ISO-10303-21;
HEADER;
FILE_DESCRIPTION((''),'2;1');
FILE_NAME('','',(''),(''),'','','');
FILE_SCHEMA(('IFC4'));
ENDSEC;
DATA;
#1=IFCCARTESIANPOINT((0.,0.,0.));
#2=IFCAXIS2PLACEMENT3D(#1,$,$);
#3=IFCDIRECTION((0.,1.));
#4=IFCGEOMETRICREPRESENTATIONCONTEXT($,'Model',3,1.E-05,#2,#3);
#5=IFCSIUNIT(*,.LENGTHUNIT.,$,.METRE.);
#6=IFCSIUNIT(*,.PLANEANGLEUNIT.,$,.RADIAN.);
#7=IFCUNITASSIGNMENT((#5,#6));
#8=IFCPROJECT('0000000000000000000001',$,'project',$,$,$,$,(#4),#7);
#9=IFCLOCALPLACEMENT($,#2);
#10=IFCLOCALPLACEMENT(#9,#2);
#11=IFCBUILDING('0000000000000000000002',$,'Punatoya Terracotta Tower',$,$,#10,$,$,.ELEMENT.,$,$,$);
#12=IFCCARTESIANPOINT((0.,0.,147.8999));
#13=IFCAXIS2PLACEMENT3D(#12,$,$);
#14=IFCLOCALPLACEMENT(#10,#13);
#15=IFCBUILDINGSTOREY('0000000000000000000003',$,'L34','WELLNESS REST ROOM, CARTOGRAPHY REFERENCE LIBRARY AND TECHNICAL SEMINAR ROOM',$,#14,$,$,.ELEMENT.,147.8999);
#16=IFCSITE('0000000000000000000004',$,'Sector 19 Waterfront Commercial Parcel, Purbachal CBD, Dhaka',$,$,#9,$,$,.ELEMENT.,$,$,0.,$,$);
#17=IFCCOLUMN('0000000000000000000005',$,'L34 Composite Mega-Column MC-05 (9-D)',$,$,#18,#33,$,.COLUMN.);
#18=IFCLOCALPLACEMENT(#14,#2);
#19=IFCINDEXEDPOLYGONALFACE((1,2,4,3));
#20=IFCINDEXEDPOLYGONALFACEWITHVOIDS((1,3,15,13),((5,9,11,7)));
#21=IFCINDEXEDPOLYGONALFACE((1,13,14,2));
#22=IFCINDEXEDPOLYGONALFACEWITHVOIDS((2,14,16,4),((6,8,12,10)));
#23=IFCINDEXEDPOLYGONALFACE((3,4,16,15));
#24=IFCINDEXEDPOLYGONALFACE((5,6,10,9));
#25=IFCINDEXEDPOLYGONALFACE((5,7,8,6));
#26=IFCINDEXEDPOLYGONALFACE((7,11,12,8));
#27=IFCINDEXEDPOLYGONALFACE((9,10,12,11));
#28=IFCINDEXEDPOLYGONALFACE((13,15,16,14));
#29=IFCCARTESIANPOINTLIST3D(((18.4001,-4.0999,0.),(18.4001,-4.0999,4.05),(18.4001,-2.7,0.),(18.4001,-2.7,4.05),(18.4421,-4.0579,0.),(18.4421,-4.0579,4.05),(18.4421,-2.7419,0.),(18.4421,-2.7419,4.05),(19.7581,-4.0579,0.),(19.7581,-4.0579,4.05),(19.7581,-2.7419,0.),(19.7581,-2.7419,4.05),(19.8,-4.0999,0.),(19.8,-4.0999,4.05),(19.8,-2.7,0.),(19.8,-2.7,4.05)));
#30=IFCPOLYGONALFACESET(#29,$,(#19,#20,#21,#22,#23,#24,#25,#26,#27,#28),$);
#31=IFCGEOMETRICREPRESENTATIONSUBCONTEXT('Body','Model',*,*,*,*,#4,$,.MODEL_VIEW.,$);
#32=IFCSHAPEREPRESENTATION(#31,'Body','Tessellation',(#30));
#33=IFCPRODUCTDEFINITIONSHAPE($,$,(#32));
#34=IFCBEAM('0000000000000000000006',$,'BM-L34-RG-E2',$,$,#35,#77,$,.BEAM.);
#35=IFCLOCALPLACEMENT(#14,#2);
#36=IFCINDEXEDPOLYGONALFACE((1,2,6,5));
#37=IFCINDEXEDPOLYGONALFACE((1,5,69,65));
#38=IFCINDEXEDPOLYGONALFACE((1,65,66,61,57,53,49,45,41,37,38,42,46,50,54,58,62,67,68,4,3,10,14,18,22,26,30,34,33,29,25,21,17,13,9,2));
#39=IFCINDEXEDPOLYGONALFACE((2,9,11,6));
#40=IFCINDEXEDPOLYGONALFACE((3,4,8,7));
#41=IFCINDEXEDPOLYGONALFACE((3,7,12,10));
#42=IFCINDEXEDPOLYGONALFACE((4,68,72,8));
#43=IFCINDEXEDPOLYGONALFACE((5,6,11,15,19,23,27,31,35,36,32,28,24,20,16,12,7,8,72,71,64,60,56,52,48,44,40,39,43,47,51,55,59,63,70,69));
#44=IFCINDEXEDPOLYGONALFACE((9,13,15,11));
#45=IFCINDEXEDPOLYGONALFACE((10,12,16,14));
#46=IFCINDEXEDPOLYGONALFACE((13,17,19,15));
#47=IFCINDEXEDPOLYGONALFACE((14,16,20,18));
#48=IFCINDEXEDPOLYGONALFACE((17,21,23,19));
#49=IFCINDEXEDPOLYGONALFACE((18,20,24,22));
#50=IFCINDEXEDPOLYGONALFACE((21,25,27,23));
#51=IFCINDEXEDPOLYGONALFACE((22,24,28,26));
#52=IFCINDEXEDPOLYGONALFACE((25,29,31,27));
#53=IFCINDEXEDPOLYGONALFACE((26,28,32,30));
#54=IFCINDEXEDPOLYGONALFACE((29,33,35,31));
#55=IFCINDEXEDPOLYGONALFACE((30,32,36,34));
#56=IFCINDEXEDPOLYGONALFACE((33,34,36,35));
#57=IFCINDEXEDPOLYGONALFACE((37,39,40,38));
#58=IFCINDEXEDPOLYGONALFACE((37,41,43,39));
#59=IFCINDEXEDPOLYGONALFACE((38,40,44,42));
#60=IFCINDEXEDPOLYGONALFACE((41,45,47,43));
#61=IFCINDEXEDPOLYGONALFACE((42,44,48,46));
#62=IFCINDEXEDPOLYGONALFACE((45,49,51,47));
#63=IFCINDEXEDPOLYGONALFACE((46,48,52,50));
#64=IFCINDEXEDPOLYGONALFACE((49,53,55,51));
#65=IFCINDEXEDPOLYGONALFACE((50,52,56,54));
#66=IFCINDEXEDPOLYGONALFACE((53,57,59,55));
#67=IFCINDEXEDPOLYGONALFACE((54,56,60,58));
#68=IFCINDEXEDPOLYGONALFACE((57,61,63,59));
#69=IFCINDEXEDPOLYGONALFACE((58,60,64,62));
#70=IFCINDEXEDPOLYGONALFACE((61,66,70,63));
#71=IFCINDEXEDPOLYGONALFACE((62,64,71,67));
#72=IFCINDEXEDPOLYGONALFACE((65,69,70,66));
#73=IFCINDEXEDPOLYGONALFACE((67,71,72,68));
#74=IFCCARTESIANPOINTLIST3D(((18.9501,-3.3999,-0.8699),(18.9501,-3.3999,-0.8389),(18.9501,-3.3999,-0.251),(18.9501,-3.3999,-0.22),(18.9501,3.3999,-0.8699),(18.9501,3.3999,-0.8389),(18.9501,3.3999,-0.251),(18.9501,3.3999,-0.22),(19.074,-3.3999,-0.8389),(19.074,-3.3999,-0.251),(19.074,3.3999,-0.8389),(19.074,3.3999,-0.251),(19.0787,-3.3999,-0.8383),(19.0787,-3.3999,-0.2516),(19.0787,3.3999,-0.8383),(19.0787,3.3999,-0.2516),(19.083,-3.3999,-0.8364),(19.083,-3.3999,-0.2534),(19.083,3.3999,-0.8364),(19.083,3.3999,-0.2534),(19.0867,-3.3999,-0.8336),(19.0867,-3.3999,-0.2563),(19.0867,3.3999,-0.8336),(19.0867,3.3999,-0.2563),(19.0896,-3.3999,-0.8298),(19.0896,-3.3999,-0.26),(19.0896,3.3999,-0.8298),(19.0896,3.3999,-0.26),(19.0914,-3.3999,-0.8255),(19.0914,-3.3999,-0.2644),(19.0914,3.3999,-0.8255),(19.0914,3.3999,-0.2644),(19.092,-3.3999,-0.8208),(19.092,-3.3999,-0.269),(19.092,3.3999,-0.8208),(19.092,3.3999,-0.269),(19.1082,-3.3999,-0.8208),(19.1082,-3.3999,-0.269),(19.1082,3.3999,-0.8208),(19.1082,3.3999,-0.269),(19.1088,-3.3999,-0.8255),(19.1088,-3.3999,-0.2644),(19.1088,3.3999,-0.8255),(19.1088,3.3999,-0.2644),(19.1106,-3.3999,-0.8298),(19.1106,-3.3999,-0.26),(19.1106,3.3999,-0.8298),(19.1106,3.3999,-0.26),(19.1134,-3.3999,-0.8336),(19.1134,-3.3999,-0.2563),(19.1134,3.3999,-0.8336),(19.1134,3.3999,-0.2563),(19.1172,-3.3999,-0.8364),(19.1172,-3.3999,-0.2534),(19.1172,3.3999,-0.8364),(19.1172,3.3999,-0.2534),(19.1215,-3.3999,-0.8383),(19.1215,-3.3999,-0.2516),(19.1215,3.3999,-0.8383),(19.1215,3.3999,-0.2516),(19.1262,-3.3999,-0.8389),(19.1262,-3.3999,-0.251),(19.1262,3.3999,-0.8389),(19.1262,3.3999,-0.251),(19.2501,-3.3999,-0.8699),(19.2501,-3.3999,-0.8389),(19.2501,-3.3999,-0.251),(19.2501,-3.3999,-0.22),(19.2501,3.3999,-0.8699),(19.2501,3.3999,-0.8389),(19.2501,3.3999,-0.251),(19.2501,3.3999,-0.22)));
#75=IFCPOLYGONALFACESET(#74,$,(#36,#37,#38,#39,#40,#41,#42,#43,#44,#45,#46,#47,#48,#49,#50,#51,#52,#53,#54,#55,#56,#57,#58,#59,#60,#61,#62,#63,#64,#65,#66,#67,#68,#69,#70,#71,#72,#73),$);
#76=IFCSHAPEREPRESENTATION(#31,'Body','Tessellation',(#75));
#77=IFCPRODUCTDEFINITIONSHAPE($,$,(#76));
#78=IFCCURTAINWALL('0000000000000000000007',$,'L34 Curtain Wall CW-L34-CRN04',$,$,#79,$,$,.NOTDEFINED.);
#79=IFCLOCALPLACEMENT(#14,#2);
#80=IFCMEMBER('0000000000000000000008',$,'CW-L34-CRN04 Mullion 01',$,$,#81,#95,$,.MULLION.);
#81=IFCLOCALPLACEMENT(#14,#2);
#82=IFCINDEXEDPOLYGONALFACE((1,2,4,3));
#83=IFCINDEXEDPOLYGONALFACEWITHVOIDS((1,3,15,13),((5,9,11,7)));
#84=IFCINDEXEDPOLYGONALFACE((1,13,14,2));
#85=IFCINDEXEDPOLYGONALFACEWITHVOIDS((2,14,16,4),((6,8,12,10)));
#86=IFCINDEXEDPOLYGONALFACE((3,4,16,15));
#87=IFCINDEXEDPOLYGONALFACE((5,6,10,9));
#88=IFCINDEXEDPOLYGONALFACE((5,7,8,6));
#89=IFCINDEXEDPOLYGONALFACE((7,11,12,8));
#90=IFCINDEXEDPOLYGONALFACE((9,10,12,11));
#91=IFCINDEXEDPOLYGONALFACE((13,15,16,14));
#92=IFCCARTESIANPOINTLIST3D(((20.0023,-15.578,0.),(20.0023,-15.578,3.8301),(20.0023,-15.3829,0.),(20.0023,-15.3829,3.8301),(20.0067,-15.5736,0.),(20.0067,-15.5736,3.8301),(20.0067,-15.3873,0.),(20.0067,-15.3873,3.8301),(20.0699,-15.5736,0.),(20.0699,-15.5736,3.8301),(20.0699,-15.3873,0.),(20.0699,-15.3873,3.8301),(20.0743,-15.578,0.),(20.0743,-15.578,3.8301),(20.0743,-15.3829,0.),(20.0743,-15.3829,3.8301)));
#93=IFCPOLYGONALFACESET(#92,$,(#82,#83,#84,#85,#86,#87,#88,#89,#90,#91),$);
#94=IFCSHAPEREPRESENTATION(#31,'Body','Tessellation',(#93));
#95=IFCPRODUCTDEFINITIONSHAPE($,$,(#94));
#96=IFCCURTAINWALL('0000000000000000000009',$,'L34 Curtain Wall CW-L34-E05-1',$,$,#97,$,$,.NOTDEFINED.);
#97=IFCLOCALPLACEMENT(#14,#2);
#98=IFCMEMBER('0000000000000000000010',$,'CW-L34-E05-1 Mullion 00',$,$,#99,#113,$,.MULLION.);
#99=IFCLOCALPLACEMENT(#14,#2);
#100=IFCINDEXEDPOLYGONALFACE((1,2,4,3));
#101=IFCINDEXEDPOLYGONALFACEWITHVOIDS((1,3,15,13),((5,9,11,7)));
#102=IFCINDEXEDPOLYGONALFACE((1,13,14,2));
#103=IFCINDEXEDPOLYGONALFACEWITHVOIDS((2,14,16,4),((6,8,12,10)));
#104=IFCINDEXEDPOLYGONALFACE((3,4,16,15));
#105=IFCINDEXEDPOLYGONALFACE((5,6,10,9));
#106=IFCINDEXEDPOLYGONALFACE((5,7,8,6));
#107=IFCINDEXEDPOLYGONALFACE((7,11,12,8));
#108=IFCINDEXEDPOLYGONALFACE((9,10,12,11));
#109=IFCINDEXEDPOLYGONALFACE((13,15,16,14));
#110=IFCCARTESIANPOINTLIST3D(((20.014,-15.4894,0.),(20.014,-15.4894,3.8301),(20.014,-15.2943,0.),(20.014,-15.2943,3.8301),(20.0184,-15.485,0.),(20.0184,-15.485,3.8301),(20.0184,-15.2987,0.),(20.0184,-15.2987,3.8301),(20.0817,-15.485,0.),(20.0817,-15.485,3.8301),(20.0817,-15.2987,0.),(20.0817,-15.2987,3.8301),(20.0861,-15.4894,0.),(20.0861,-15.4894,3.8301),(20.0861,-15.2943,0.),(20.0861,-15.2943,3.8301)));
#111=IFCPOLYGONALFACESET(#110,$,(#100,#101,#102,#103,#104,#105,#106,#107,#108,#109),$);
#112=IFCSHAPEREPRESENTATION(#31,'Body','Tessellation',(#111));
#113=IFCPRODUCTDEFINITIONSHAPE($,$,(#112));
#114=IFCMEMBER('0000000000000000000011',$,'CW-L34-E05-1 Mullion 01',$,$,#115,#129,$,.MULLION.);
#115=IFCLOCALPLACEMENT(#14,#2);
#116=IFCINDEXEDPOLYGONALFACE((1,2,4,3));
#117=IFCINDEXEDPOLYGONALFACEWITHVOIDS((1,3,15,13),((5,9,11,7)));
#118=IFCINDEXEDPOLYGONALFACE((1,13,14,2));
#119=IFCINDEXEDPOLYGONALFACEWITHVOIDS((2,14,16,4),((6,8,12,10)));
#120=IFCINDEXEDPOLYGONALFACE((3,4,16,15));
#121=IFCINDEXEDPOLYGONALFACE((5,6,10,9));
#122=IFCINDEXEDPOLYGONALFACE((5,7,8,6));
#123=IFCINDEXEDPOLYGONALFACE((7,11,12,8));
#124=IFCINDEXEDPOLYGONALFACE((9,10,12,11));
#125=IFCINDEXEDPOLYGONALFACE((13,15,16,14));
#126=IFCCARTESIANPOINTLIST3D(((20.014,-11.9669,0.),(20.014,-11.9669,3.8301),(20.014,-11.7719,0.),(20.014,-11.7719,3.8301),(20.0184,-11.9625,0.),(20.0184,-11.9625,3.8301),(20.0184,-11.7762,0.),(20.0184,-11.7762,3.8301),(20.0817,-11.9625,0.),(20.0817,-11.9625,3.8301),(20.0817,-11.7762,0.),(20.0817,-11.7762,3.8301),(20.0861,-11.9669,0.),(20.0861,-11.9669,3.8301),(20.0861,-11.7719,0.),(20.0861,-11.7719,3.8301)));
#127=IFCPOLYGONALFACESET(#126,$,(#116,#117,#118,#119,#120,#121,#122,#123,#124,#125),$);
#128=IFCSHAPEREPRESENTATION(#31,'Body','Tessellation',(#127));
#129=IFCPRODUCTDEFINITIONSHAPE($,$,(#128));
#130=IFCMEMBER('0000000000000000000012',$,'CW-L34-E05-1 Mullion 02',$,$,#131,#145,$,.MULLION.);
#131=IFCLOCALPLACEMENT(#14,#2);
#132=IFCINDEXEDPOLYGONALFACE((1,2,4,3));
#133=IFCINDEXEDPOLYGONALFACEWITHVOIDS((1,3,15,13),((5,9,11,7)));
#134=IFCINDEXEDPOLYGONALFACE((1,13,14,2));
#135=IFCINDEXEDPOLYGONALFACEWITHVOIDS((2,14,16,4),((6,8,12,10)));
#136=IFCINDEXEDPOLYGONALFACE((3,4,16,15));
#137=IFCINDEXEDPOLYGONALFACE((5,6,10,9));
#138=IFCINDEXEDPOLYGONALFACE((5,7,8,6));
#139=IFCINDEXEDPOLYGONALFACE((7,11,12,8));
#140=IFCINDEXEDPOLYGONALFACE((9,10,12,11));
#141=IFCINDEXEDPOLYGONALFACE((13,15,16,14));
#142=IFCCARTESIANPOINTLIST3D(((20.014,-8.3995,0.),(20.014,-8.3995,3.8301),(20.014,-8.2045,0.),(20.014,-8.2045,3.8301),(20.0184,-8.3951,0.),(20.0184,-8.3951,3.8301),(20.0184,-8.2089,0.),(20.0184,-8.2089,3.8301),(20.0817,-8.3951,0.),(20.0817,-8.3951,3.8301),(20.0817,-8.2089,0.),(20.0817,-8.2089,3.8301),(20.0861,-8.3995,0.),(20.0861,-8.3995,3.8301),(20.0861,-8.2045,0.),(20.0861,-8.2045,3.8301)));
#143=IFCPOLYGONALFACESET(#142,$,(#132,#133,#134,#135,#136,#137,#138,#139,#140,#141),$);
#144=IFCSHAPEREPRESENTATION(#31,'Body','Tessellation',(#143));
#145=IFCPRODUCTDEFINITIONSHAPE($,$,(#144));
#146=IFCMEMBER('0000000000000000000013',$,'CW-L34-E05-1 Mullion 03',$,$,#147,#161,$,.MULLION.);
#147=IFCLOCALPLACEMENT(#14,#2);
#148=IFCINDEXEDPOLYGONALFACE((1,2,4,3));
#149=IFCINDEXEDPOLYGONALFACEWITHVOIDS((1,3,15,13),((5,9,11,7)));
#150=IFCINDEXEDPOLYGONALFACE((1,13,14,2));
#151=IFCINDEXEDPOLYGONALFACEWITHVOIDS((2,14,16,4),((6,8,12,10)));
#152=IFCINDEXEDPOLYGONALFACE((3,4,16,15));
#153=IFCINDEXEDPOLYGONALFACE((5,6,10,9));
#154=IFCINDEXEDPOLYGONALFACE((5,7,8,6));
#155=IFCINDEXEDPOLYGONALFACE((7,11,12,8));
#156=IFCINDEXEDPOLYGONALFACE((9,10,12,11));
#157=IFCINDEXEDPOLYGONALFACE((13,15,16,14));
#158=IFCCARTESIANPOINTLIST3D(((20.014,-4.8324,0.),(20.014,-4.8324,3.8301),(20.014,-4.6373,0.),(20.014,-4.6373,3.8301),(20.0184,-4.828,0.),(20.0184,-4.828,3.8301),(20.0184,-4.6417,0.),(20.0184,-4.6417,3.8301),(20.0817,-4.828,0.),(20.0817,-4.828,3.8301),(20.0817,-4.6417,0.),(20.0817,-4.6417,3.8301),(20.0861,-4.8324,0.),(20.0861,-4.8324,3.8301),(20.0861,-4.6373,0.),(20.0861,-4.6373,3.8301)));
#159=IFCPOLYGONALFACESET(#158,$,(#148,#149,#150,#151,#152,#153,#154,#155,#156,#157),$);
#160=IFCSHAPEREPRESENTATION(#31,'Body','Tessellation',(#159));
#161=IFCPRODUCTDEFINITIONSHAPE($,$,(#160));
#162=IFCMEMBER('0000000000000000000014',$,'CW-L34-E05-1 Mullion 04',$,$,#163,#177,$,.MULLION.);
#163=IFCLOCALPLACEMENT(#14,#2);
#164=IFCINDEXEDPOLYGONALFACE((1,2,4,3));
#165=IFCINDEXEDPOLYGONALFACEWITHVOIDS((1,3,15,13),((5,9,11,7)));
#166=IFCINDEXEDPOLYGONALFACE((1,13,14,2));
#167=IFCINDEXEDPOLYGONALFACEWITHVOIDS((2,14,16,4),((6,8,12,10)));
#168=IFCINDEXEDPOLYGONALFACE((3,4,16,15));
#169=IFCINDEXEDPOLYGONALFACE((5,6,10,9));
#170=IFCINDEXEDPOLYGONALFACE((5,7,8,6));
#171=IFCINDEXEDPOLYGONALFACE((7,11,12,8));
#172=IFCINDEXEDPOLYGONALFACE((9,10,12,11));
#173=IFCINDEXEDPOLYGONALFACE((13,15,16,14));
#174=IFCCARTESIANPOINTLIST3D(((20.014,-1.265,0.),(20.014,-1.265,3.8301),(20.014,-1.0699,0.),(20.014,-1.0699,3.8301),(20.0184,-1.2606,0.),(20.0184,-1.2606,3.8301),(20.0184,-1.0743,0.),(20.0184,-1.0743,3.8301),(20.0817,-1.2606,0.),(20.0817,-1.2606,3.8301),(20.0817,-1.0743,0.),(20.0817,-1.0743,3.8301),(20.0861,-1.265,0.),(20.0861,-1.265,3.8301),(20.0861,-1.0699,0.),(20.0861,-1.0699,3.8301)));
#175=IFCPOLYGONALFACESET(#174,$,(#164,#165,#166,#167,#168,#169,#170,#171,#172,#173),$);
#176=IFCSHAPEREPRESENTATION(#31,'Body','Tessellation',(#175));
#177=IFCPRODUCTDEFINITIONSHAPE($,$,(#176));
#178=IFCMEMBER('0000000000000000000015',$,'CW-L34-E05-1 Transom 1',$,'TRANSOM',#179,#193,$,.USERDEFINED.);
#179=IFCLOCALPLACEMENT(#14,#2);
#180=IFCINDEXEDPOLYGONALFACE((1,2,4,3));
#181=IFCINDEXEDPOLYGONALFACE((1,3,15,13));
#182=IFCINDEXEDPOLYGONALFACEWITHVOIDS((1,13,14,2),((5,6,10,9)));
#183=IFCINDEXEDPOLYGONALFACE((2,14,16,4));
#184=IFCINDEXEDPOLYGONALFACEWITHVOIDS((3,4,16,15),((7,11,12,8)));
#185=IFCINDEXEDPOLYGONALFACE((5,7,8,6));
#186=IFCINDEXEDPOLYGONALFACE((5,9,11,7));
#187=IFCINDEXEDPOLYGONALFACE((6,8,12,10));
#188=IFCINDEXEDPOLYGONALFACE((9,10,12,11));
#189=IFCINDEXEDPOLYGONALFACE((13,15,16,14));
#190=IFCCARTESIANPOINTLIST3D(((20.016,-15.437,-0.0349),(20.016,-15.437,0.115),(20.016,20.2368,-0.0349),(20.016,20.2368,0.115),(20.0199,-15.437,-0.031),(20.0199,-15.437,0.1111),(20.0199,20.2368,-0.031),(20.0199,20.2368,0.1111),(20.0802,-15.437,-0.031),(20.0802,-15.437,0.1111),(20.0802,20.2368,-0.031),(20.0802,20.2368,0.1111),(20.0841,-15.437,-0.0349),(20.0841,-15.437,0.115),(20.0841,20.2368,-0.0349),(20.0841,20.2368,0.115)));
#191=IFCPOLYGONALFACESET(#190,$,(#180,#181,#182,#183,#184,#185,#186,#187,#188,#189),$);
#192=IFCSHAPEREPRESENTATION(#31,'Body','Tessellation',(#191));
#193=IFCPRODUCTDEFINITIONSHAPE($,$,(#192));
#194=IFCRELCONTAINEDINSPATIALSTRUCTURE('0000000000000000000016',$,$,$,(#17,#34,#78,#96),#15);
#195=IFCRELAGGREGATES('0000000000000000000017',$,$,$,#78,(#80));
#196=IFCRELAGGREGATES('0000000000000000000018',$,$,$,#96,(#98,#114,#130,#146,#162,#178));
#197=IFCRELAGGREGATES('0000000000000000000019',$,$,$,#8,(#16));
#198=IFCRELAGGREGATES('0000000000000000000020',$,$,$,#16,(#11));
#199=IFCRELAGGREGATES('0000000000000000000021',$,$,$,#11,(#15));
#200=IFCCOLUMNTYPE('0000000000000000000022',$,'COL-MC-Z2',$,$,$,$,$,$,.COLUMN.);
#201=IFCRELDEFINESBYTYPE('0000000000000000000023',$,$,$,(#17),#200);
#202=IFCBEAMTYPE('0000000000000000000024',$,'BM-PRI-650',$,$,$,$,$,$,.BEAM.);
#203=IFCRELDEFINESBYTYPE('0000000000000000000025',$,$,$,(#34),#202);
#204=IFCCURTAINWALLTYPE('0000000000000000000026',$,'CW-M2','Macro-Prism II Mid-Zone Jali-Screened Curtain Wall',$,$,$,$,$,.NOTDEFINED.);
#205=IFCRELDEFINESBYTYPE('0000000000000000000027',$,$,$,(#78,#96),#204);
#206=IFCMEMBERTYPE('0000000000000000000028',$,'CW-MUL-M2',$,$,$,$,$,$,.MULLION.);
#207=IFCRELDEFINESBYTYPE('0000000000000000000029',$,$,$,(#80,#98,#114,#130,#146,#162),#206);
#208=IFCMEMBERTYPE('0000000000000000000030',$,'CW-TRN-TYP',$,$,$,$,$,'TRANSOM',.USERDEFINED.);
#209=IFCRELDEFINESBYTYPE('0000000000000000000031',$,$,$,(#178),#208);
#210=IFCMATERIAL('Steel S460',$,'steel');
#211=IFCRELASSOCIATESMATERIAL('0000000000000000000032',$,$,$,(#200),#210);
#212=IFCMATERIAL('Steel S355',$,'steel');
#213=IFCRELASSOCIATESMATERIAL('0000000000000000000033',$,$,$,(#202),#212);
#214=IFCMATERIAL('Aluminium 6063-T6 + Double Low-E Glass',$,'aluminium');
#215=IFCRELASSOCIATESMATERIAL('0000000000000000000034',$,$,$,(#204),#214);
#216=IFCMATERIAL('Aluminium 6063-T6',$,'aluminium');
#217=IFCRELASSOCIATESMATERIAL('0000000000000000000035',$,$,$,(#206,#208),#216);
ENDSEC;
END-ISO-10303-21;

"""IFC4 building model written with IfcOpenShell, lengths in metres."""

from ifc_helpers import new_model, si_unit, direction, frame, origin, origin_2d, place, context, subcontext, project, spatial, hollow_rectangle, i_section, extrude, material, material_profile, profile_set, type_object, element, aggregate, save


model = new_model("IFC4")

# Units and contexts
model_context = context("Model", 3, precision=1e-05, world=origin(), true_north=direction((0.0, 1.0)))
body_context = subcontext(model_context, "Body", "Model", "MODEL_VIEW")
ifc_project = project(units=[si_unit("LENGTHUNIT", "METRE"), si_unit("PLANEANGLEUNIT", "RADIAN")], contexts=[model_context])

# Site, building, storey
site_placement = place(None, origin())
site = spatial("IfcSite", under=ifc_project, at=site_placement, Name="Sector 19 Waterfront Commercial Parcel, Purbachal CBD, Dhaka", CompositionType="ELEMENT", RefElevation=0.0)
building_placement = place(site_placement, origin())
building = spatial("IfcBuilding", under=site, at=building_placement, Name="Punatoya Terracotta Tower", CompositionType="ELEMENT")
storey_placement = place(building_placement, frame((0.0, 0.0, 147.8999)))
storey = spatial("IfcBuildingStorey", under=building, at=storey_placement, Name="L34", Description="WELLNESS REST ROOM, CARTOGRAPHY REFERENCE LIBRARY AND TECHNICAL SEMINAR ROOM", CompositionType="ELEMENT", Elevation=147.8999)

# Column
ifc_material_1 = material(Name="Steel S460", Category="steel")
ifc_material_profile_1 = material_profile(ifc_material_1, hollow_rectangle(XDim=1.3999, YDim=1.3999, WallThickness=0.042, at=origin_2d()))
ifc_profile_set_1 = profile_set([ifc_material_profile_1], Name="Steel S460")
column_type = type_object("IfcColumnType", Name="COL-MC-Z2", PredefinedType="COLUMN", material=ifc_profile_set_1)
column_placement = place(storey_placement, frame((19.1001, -3.3999, 0.0), z_axis=(0.0, 0.0, 1.0), x_axis=(1.0, 0.0, 0.0)))
element("IfcColumn", 1, at=column_placement, inside=storey, type_object=column_type, Name="L34 Composite Mega-Column MC-05 (9-D)", PredefinedType="COLUMN", context=body_context, shape_type="SweptSolid", body=[
    extrude(hollow_rectangle(XDim=1.3999, YDim=1.3999, WallThickness=0.042, at=origin_2d()), origin(), (0.0, 0.0, 1.0), 4.05),
])

# Beam
ifc_material_2 = material(Name="Steel S355", Category="steel")
ifc_material_profile_2 = material_profile(ifc_material_2, i_section(OverallWidth=0.3, OverallDepth=0.6499, WebThickness=0.0161, FlangeThickness=0.031, FilletRadius=0.0181, at=origin_2d()))
ifc_profile_set_2 = profile_set([ifc_material_profile_2], Name="Steel S355")
beam_type = type_object("IfcBeamType", Name="BM-PRI-650", PredefinedType="BEAM", material=ifc_profile_set_2)
beam_placement = place(storey_placement, frame((19.1001, -3.3999, -0.5449), z_axis=(0.0, 1.0, 0.0), x_axis=(-1.0, 0.0, 0.0)))
element("IfcBeam", 2, at=beam_placement, inside=storey, type_object=beam_type, Name="BM-L34-RG-E2", PredefinedType="BEAM", context=body_context, shape_type="SweptSolid", body=[
    extrude(i_section(OverallWidth=0.3, OverallDepth=0.6499, WebThickness=0.0161, FlangeThickness=0.031, FilletRadius=0.0181, at=origin_2d()), origin(), (0.0, 0.0, 1.0), 6.7998),
])

# Curtain wall, member
ifc_material_3 = material(Name="Aluminium 6063-T6 + Double Low-E Glass", Category="aluminium")
curtain_wall_type = type_object("IfcCurtainWallType", Name="CW-M2", Description="Macro-Prism II Mid-Zone Jali-Screened Curtain Wall", PredefinedType="NOTDEFINED", material=ifc_material_3)
curtain_wall_1_placement = place(storey_placement, origin())
curtain_wall_1 = element("IfcCurtainWall", 3, at=curtain_wall_1_placement, inside=storey, type_object=curtain_wall_type, Name="L34 Curtain Wall CW-L34-CRN04", PredefinedType="NOTDEFINED")
ifc_material_4 = material(Name="Aluminium 6063-T6", Category="aluminium")
ifc_material_profile_3 = material_profile(ifc_material_4, hollow_rectangle(XDim=0.072, YDim=0.1951, WallThickness=0.0044, at=origin_2d()))
ifc_profile_set_3 = profile_set([ifc_material_profile_3], Name="Aluminium 6063-T6")
member_type_1 = type_object("IfcMemberType", Name="CW-MUL-M2", PredefinedType="MULLION", material=ifc_profile_set_3)
member_1_placement = place(storey_placement, frame((20.0383, -15.4805, 0.0), z_axis=(0.0, 0.0, 1.0), x_axis=(1.0, 0.0, 0.0)))
member_1 = element("IfcMember", 4, at=member_1_placement, type_object=member_type_1, Name="CW-L34-CRN04 Mullion 01", PredefinedType="MULLION", context=body_context, shape_type="SweptSolid", body=[
    extrude(hollow_rectangle(XDim=0.072, YDim=0.1951, WallThickness=0.0044, at=origin_2d()), origin(), (0.0, 0.0, 1.0), 3.8301),
])

# Curtain wall, members
curtain_wall_2_placement = place(storey_placement, origin())
curtain_wall_2 = element("IfcCurtainWall", 5, at=curtain_wall_2_placement, inside=storey, type_object=curtain_wall_type, Name="L34 Curtain Wall CW-L34-E05-1", PredefinedType="NOTDEFINED")
member_2_placement = place(storey_placement, frame((20.05, -15.3918, 0.0), z_axis=(0.0, 0.0, 1.0), x_axis=(1.0, 0.0, 0.0)))
member_2 = element("IfcMember", 6, at=member_2_placement, type_object=member_type_1, Name="CW-L34-E05-1 Mullion 00", PredefinedType="MULLION", context=body_context, shape_type="SweptSolid", body=[
    extrude(hollow_rectangle(XDim=0.072, YDim=0.1951, WallThickness=0.0044, at=origin_2d()), origin(), (0.0, 0.0, 1.0), 3.8301),
])
member_3_placement = place(storey_placement, frame((20.05, -11.8694, 0.0), z_axis=(0.0, 0.0, 1.0), x_axis=(1.0, 0.0, 0.0)))
member_3 = element("IfcMember", 7, at=member_3_placement, type_object=member_type_1, Name="CW-L34-E05-1 Mullion 01", PredefinedType="MULLION", context=body_context, shape_type="SweptSolid", body=[
    extrude(hollow_rectangle(XDim=0.072, YDim=0.1951, WallThickness=0.0044, at=origin_2d()), origin(), (0.0, 0.0, 1.0), 3.8301),
])
member_4_placement = place(storey_placement, frame((20.05, -8.302, 0.0), z_axis=(0.0, 0.0, 1.0), x_axis=(1.0, 0.0, 0.0)))
member_4 = element("IfcMember", 8, at=member_4_placement, type_object=member_type_1, Name="CW-L34-E05-1 Mullion 02", PredefinedType="MULLION", context=body_context, shape_type="SweptSolid", body=[
    extrude(hollow_rectangle(XDim=0.072, YDim=0.1951, WallThickness=0.0044, at=origin_2d()), origin(), (0.0, 0.0, 1.0), 3.8301),
])
member_5_placement = place(storey_placement, frame((20.05, -4.7349, 0.0), z_axis=(0.0, 0.0, 1.0), x_axis=(1.0, 0.0, 0.0)))
member_5 = element("IfcMember", 9, at=member_5_placement, type_object=member_type_1, Name="CW-L34-E05-1 Mullion 03", PredefinedType="MULLION", context=body_context, shape_type="SweptSolid", body=[
    extrude(hollow_rectangle(XDim=0.072, YDim=0.1951, WallThickness=0.0044, at=origin_2d()), origin(), (0.0, 0.0, 1.0), 3.8301),
])
member_6_placement = place(storey_placement, frame((20.05, -1.1675, 0.0), z_axis=(0.0, 0.0, 1.0), x_axis=(1.0, 0.0, 0.0)))
member_6 = element("IfcMember", 10, at=member_6_placement, type_object=member_type_1, Name="CW-L34-E05-1 Mullion 04", PredefinedType="MULLION", context=body_context, shape_type="SweptSolid", body=[
    extrude(hollow_rectangle(XDim=0.072, YDim=0.1951, WallThickness=0.0044, at=origin_2d()), origin(), (0.0, 0.0, 1.0), 3.8301),
])
ifc_material_profile_4 = material_profile(ifc_material_4, hollow_rectangle(XDim=0.0681, YDim=0.1499, WallThickness=0.0039, at=origin_2d()))
ifc_profile_set_4 = profile_set([ifc_material_profile_4], Name="Aluminium 6063-T6")
member_type_2 = type_object("IfcMemberType", Name="CW-TRN-TYP", ElementType="TRANSOM", PredefinedType="USERDEFINED", material=ifc_profile_set_4)
member_7_placement = place(storey_placement, frame((20.05, -15.437, 0.04), z_axis=(0.0, 1.0, 0.0), x_axis=(-1.0, 0.0, 0.0)))
member_7 = element("IfcMember", 11, at=member_7_placement, type_object=member_type_2, Name="CW-L34-E05-1 Transom 1", ObjectType="TRANSOM", PredefinedType="USERDEFINED", context=body_context, shape_type="SweptSolid", body=[
    extrude(hollow_rectangle(XDim=0.0681, YDim=0.1499, WallThickness=0.0039, at=origin_2d()), origin(), (0.0, 0.0, 1.0), 35.6738),
])

aggregate(curtain_wall_1, [member_1])
aggregate(curtain_wall_2, [member_2, member_3, member_4, member_5, member_6, member_7])

save(model, "model.ifc")
